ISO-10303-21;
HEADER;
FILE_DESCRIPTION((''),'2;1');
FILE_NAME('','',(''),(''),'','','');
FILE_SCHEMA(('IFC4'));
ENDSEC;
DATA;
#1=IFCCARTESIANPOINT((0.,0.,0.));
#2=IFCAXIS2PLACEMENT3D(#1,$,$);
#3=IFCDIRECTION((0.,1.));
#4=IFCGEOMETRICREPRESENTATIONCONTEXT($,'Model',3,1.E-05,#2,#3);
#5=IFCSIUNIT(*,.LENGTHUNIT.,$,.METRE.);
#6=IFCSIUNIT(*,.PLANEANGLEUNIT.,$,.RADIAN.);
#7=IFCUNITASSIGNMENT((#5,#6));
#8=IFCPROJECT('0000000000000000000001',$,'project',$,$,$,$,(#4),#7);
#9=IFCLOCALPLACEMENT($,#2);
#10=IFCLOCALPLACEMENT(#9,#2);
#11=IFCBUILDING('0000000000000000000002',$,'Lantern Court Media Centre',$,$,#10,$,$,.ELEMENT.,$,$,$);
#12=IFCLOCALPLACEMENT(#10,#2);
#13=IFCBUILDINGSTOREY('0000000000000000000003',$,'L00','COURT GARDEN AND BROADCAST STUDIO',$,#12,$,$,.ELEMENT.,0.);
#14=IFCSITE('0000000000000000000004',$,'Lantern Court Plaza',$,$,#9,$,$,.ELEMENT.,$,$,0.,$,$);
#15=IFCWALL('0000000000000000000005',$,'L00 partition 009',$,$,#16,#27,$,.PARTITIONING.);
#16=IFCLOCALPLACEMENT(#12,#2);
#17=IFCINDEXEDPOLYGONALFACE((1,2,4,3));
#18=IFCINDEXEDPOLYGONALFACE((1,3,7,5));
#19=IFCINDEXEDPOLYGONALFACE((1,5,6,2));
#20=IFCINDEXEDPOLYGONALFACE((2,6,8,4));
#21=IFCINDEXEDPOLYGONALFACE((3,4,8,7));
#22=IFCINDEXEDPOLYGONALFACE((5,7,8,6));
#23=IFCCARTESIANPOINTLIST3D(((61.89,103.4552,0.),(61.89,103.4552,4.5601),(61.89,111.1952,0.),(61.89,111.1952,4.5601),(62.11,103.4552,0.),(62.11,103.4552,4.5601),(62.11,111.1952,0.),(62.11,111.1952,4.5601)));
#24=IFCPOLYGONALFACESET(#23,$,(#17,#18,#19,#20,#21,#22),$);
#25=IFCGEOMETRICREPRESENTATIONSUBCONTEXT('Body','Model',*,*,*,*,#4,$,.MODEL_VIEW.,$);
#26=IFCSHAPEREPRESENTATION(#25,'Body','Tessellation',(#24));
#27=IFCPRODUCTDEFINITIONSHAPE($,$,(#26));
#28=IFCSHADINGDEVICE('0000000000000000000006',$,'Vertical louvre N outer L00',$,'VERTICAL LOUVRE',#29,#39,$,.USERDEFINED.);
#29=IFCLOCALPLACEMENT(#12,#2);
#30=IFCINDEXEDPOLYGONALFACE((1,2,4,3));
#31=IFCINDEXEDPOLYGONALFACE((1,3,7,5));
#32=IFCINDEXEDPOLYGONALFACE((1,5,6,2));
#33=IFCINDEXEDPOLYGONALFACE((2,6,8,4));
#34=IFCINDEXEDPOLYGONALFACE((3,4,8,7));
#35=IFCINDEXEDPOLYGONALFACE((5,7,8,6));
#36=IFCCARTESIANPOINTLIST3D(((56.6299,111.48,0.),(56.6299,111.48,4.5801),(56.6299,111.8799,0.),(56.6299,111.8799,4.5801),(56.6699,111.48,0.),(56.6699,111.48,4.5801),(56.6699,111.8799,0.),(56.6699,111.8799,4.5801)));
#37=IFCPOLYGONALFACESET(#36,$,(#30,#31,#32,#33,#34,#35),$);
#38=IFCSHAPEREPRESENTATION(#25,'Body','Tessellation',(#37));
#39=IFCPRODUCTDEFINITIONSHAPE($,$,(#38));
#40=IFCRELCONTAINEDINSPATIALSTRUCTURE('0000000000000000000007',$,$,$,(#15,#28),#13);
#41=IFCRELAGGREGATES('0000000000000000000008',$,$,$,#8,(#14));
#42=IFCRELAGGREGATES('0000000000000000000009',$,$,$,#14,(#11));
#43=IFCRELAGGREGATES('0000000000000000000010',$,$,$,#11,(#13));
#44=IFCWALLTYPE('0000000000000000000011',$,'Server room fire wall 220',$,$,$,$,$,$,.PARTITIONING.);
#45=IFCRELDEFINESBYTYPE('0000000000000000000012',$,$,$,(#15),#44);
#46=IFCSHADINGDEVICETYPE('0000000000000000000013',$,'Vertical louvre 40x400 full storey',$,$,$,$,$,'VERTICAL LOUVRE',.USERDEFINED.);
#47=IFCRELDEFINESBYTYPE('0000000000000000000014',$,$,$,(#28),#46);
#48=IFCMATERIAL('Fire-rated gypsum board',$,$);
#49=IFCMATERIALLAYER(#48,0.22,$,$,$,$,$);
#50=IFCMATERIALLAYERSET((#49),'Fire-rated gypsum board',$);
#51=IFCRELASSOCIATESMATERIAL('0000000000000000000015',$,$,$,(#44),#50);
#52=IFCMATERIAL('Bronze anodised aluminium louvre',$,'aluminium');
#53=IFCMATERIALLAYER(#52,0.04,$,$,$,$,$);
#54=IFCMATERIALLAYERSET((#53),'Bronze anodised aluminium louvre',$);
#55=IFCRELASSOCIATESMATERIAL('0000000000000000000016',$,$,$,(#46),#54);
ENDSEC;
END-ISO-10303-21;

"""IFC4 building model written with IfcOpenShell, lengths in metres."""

from ifc_helpers import new_model, si_unit, direction, frame, frame_2d, origin, origin_2d, place, context, subcontext, project, spatial, rectangle, extrude, material, layer, layer_set, type_object, element, save


model = new_model("IFC4")

# Units and contexts
model_context = context("Model", 3, precision=1e-05, world=origin(), true_north=direction((0.0, 1.0)))
body_context = subcontext(model_context, "Body", "Model", "MODEL_VIEW")
ifc_project = project(units=[si_unit("LENGTHUNIT", "METRE"), si_unit("PLANEANGLEUNIT", "RADIAN")], contexts=[model_context])

# Site, building, storey
site_placement = place(None, origin())
site = spatial("IfcSite", under=ifc_project, at=site_placement, Name="Lantern Court Plaza", CompositionType="ELEMENT", RefElevation=0.0)
building_placement = place(site_placement, origin())
building = spatial("IfcBuilding", under=site, at=building_placement, Name="Lantern Court Media Centre", CompositionType="ELEMENT")
storey_placement = place(building_placement, origin())
storey = spatial("IfcBuildingStorey", under=building, at=storey_placement, Name="L00", Description="COURT GARDEN AND BROADCAST STUDIO", CompositionType="ELEMENT", Elevation=0.0)

# Wall
ifc_material_1 = material(Name="Fire-rated gypsum board")
ifc_layer_1 = layer(ifc_material_1, 0.22)
ifc_layer_set_1 = layer_set([ifc_layer_1], Name="Fire-rated gypsum board")
wall_type_1 = type_object("IfcWallType", Name="Server room fire wall 220", PredefinedType="PARTITIONING", material=ifc_layer_set_1)
wall_1_placement = place(storey_placement, frame((62.0, 103.4551, 0.0), z_axis=(0.0, 0.0, 1.0), x_axis=(0.0, 1.0, 0.0)))
element("IfcWall", 1, at=wall_1_placement, inside=storey, type_object=wall_type_1, Name="L00 partition 009", PredefinedType="PARTITIONING", context=body_context, shape_type="SweptSolid", body=[
    extrude(rectangle(XDim=7.74, YDim=0.22, at=frame_2d((3.8701, 0.0))), origin(), (0.0, 0.0, 1.0), 4.5601),
])

# Shading device
ifc_material_2 = material(Name="Bronze anodised aluminium louvre", Category="aluminium")
ifc_layer_2 = layer(ifc_material_2, 0.04)
ifc_layer_set_2 = layer_set([ifc_layer_2], Name="Bronze anodised aluminium louvre")
shading_device_type = type_object("IfcShadingDeviceType", Name="Vertical louvre 40x400 full storey", ElementType="VERTICAL LOUVRE", PredefinedType="USERDEFINED", material=ifc_layer_set_2)
shading_device_placement = place(storey_placement, frame((56.6499, 111.6799, 0.0), z_axis=(0.0, 0.0, 1.0), x_axis=(1.0, 0.0, 0.0)))
element("IfcShadingDevice", 2, at=shading_device_placement, inside=storey, type_object=shading_device_type, Name="Vertical louvre N outer L00", ObjectType="VERTICAL LOUVRE", PredefinedType="USERDEFINED", context=body_context, shape_type="SweptSolid", body=[
    extrude(rectangle(XDim=0.04, YDim=0.3999, at=origin_2d()), origin(), (0.0, 0.0, 1.0), 4.5801),
])

save(model, "model.ifc")
